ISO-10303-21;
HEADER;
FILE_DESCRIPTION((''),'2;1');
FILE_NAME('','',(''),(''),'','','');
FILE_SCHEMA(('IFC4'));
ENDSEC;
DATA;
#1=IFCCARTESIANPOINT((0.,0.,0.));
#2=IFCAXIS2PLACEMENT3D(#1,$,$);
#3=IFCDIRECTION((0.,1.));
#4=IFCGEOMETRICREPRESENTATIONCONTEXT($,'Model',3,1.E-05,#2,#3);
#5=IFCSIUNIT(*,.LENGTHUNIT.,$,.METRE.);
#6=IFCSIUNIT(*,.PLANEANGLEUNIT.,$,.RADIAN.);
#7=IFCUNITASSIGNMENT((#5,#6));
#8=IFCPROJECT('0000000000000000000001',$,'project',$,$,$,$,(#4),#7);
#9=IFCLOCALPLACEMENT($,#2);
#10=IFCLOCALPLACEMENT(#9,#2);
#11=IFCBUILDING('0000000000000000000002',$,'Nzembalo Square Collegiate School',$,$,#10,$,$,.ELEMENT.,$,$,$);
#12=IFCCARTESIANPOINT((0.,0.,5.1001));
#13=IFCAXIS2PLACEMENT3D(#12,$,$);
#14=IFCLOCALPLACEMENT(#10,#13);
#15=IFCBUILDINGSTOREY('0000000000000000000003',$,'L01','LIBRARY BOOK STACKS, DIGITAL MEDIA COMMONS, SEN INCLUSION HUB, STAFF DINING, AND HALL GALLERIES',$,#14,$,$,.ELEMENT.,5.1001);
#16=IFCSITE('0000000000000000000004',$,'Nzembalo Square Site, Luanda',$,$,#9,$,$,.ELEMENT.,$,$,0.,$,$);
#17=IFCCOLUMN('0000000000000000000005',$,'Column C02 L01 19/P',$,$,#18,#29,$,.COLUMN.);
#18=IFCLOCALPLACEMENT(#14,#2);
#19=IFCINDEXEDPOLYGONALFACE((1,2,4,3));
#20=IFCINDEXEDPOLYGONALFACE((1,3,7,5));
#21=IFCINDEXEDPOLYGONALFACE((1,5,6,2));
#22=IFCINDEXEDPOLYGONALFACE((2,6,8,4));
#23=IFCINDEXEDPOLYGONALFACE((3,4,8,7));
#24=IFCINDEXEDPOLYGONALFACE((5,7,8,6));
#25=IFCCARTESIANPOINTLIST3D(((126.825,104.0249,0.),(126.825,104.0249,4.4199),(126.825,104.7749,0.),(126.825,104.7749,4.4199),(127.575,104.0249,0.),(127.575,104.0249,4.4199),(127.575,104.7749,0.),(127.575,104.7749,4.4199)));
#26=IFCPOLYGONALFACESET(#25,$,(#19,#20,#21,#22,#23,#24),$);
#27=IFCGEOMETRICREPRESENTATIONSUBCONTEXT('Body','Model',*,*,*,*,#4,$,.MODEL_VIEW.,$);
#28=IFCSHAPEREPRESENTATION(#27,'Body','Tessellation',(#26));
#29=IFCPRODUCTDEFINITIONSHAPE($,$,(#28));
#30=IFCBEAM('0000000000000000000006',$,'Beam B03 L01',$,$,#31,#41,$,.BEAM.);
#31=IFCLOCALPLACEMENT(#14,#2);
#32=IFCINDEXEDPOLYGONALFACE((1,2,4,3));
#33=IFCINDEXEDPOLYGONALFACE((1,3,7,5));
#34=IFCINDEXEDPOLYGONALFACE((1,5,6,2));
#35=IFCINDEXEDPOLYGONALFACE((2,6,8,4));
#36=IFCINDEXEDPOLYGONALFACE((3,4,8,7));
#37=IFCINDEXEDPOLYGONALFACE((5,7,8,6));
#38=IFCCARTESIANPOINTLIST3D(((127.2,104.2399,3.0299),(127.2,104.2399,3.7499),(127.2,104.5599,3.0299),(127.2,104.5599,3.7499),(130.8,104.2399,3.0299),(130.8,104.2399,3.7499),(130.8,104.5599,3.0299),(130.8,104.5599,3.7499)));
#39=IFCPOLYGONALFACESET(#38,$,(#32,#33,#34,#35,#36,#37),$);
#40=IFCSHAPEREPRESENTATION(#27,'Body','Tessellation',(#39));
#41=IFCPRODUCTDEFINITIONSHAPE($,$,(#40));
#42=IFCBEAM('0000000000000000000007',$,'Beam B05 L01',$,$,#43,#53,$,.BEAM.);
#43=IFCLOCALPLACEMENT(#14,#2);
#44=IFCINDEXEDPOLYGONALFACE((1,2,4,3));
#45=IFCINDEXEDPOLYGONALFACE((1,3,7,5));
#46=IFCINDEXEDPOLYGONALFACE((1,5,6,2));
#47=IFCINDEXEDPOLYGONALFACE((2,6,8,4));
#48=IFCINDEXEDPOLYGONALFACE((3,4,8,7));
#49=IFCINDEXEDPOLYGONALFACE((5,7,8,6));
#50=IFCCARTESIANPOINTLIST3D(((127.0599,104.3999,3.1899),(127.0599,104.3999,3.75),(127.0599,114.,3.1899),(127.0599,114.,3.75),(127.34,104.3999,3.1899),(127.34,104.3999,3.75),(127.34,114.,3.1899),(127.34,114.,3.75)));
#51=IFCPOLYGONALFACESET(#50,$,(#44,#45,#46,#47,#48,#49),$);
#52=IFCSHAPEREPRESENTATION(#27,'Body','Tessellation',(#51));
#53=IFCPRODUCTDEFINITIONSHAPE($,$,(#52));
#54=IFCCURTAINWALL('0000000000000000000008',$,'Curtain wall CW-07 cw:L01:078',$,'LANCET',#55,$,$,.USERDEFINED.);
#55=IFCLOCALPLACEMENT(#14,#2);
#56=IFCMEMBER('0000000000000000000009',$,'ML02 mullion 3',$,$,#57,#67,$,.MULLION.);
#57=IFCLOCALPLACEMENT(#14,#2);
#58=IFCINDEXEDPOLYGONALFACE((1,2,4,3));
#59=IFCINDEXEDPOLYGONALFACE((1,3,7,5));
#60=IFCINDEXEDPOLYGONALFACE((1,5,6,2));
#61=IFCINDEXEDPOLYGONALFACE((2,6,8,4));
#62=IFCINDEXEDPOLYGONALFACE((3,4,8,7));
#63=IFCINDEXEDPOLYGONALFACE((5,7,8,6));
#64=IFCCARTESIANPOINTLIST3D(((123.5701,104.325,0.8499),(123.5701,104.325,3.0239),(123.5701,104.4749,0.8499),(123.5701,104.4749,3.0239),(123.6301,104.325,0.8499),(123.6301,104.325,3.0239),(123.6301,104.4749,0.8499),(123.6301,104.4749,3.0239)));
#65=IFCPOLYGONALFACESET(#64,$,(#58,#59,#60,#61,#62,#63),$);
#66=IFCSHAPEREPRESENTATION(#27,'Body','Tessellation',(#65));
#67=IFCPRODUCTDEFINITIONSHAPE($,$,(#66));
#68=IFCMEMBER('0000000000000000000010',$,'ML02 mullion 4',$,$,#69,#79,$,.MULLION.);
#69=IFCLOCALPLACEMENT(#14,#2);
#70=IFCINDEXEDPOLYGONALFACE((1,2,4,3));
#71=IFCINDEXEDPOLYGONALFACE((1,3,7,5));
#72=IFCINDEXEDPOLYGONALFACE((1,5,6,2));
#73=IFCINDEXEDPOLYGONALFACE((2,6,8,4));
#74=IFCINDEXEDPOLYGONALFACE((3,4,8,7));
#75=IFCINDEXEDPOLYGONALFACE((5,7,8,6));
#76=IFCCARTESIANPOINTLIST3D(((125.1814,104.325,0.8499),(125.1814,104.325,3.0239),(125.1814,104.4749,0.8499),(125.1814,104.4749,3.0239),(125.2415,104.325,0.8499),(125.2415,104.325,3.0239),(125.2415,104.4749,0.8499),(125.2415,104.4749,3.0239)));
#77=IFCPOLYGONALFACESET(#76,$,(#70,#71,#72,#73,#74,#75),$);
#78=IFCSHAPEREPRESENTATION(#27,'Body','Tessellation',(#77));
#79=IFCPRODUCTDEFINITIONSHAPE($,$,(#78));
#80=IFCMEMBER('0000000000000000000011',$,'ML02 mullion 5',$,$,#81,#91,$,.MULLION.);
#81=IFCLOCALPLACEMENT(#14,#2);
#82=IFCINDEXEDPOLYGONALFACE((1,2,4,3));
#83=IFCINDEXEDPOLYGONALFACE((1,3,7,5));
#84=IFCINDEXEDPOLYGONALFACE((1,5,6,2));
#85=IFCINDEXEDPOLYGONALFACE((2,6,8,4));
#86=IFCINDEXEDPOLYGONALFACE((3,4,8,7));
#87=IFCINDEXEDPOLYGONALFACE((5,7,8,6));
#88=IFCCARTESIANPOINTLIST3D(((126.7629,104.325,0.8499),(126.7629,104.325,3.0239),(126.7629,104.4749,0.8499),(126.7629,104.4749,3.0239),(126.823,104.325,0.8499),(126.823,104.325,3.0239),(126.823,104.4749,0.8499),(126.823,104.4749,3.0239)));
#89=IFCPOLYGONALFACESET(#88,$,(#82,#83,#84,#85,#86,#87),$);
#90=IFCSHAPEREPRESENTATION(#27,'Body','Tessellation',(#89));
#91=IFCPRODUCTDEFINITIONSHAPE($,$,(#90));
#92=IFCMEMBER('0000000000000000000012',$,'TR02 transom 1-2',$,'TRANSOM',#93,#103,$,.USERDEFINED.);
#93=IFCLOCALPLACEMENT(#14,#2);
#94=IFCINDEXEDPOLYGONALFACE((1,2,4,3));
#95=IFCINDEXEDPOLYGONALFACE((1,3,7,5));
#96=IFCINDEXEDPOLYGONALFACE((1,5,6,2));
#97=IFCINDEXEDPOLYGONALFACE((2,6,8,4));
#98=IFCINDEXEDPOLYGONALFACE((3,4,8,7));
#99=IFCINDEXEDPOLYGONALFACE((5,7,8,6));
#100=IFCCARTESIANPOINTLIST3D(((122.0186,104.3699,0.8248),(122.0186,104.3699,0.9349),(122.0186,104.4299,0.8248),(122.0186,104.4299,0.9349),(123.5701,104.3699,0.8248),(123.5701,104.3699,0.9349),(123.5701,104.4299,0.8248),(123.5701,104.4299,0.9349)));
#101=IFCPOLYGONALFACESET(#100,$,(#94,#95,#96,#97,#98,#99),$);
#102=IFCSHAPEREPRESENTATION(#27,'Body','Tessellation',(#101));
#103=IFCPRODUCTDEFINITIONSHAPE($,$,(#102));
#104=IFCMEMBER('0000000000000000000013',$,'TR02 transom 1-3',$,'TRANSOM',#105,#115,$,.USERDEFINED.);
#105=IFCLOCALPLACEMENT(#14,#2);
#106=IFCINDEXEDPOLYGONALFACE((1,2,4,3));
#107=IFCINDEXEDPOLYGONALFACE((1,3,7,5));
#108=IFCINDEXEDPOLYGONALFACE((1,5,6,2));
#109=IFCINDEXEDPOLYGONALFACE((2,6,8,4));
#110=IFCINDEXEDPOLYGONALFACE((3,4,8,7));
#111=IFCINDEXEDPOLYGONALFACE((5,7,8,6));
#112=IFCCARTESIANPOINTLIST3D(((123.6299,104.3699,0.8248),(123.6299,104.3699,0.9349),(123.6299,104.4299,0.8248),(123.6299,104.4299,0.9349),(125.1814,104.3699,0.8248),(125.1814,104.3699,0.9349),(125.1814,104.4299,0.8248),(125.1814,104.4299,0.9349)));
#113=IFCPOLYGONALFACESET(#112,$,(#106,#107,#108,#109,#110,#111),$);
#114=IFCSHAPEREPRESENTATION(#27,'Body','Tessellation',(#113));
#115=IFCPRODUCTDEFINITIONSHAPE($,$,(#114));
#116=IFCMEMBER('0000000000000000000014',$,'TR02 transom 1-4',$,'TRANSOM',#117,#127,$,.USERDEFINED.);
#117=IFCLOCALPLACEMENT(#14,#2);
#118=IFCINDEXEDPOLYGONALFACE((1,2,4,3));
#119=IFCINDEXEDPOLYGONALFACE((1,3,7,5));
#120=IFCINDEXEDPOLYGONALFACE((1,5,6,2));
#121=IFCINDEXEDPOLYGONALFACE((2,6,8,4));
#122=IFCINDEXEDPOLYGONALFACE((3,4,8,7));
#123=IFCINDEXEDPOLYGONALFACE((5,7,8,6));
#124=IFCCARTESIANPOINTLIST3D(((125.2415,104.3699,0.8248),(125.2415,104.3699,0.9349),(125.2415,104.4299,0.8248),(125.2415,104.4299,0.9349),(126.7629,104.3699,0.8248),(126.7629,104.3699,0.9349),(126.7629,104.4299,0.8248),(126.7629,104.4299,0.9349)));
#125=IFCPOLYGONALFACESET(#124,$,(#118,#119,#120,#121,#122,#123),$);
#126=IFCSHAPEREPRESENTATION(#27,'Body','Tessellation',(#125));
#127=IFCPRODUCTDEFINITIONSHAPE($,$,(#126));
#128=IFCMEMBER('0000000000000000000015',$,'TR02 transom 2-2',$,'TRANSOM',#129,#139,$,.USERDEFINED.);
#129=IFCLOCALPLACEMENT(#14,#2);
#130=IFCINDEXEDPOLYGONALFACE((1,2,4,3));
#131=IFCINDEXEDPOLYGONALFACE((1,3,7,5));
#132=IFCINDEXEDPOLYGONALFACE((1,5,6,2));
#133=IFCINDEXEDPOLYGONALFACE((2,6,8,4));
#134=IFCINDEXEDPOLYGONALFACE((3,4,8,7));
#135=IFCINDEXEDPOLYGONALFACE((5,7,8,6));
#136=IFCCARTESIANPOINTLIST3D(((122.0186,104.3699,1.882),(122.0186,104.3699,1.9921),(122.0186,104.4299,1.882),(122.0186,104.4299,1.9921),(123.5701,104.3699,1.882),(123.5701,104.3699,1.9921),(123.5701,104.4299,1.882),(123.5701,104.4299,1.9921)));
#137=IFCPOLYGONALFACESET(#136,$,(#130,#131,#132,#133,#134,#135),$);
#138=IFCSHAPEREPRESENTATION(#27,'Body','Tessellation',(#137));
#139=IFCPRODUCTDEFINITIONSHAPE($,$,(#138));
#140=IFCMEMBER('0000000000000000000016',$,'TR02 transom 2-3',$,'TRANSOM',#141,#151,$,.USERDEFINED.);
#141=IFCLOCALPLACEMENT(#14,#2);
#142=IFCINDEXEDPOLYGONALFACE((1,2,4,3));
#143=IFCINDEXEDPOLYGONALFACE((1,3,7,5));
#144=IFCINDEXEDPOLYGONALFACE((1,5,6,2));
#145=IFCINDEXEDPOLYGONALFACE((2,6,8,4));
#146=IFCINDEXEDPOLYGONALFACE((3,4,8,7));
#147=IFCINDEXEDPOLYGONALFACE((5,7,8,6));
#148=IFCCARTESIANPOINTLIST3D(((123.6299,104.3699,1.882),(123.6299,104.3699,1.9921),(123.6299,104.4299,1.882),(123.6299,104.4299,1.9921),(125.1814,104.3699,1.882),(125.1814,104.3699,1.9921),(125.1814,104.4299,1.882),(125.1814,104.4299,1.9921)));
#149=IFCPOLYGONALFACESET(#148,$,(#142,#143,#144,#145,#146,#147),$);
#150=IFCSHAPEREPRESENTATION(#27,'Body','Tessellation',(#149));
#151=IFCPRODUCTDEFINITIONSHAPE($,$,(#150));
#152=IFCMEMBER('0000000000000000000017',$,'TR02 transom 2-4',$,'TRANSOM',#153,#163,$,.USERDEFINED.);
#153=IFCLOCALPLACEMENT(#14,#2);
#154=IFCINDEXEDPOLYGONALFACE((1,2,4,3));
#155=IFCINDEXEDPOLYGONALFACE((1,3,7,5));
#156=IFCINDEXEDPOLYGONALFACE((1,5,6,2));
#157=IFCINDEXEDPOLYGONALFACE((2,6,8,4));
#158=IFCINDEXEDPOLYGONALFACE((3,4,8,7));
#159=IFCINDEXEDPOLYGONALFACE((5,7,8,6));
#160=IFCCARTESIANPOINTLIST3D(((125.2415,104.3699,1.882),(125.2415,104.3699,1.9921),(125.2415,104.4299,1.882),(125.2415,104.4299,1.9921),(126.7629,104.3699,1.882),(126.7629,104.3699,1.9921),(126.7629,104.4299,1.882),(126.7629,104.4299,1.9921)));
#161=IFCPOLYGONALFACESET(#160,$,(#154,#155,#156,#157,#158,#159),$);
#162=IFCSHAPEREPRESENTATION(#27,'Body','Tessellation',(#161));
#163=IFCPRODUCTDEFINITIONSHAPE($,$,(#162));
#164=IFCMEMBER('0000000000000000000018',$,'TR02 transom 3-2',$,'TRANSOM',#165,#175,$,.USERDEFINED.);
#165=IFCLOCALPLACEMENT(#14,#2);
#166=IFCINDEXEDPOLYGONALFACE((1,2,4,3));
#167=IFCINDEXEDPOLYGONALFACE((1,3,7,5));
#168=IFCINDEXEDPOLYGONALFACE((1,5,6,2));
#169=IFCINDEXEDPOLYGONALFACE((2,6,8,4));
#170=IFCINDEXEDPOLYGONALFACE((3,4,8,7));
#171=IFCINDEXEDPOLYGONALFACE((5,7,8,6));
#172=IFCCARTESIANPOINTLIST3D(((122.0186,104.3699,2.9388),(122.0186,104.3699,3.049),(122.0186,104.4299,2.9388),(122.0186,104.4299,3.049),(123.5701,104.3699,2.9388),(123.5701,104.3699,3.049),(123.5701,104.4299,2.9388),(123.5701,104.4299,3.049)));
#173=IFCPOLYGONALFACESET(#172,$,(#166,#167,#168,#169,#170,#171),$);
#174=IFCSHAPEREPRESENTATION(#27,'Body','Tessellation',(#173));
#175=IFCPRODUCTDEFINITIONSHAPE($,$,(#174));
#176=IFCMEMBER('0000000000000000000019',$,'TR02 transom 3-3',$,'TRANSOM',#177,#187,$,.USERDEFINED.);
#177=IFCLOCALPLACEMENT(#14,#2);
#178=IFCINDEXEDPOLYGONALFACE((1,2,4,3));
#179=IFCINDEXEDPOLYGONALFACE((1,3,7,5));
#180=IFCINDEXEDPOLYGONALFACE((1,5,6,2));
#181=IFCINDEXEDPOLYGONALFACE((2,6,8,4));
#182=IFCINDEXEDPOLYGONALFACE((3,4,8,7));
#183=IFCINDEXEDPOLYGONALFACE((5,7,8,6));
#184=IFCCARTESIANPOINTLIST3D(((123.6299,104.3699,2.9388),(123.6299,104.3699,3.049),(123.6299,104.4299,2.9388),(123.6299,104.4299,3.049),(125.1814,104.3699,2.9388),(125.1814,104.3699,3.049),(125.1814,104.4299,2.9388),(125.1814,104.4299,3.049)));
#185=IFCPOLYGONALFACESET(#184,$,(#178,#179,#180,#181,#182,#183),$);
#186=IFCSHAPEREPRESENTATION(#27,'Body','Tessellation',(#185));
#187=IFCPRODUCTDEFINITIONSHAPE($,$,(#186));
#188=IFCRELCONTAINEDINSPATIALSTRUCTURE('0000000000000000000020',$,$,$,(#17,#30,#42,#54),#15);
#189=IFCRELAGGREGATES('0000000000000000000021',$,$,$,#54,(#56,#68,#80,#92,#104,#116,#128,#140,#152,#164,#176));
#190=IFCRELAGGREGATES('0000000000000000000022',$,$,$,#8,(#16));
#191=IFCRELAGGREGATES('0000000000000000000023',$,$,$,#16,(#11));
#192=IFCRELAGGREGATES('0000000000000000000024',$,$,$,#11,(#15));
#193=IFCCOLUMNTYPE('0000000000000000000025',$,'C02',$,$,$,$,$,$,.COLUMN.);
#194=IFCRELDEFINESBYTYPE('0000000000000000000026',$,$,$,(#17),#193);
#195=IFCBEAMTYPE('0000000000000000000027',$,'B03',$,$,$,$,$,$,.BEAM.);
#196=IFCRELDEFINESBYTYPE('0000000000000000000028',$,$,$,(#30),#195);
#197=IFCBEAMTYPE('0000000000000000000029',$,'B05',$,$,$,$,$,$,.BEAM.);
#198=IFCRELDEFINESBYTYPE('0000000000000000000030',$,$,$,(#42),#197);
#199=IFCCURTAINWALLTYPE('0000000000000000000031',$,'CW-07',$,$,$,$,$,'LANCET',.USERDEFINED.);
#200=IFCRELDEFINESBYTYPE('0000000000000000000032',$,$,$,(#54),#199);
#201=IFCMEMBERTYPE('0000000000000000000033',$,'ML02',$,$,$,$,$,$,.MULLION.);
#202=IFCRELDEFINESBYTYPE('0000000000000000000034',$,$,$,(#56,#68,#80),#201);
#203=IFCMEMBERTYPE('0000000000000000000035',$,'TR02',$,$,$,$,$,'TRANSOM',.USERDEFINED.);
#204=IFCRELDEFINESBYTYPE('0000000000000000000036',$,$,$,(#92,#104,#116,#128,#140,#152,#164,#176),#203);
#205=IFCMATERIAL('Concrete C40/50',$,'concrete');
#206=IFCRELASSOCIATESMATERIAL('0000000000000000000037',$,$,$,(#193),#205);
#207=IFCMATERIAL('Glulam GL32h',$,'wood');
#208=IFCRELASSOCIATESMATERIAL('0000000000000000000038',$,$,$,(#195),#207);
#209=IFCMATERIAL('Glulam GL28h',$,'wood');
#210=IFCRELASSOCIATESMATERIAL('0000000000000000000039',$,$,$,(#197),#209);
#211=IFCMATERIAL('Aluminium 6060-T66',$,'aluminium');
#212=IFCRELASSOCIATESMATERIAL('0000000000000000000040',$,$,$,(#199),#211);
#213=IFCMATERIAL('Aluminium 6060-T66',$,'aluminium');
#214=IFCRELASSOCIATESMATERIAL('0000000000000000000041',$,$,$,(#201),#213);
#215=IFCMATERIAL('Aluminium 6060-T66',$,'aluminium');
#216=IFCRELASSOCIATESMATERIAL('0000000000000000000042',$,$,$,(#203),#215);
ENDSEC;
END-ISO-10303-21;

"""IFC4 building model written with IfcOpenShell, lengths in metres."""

from ifc_helpers import new_model, si_unit, direction, frame, origin, origin_2d, place, context, subcontext, project, spatial, rectangle, extrude, material, material_profile, profile_set, type_object, element, aggregate, save


model = new_model("IFC4")

# Units and contexts
model_context = context("Model", 3, precision=1e-05, world=origin(), true_north=direction((0.0, 1.0)))
body_context = subcontext(model_context, "Body", "Model", "MODEL_VIEW")
ifc_project = project(units=[si_unit("LENGTHUNIT", "METRE"), si_unit("PLANEANGLEUNIT", "RADIAN")], contexts=[model_context])

# Site, building, storey
site_placement = place(None, origin())
site = spatial("IfcSite", under=ifc_project, at=site_placement, Name="Nzembalo Square Site, Luanda", CompositionType="ELEMENT", RefElevation=0.0)
building_placement = place(site_placement, origin())
building = spatial("IfcBuilding", under=site, at=building_placement, Name="Nzembalo Square Collegiate School", CompositionType="ELEMENT")
storey_placement = place(building_placement, frame((0.0, 0.0, 5.1001)))
storey = spatial("IfcBuildingStorey", under=building, at=storey_placement, Name="L01", Description="LIBRARY BOOK STACKS, DIGITAL MEDIA COMMONS, SEN INCLUSION HUB, STAFF DINING, AND HALL GALLERIES", CompositionType="ELEMENT", Elevation=5.1001)

# Column
ifc_material_1 = material(Name="Concrete C40/50", Category="concrete")
ifc_material_profile_1 = material_profile(ifc_material_1, rectangle(XDim=0.75, YDim=0.75, at=origin_2d()), Name="RC 750x750")
ifc_profile_set_1 = profile_set([ifc_material_profile_1], Name="Concrete C40/50")
column_type = type_object("IfcColumnType", Name="C02", PredefinedType="COLUMN", material=ifc_profile_set_1)
column_placement = place(storey_placement, frame((127.2, 104.3999, 0.0), z_axis=(0.0, 0.0, 1.0), x_axis=(1.0, 0.0, 0.0)))
element("IfcColumn", 1, at=column_placement, inside=storey, type_object=column_type, Name="Column C02 L01 19/P", PredefinedType="COLUMN", context=body_context, shape_type="SweptSolid", body=[
    extrude(rectangle(XDim=0.75, YDim=0.75, at=origin_2d()), origin(), (0.0, 0.0, 1.0), 4.4199),
])

# Beams
ifc_material_2 = material(Name="Glulam GL32h", Category="wood")
ifc_material_profile_2 = material_profile(ifc_material_2, rectangle(XDim=0.3201, YDim=0.72, at=origin_2d()), Name="GL32h 320x720")
ifc_profile_set_2 = profile_set([ifc_material_profile_2], Name="Glulam GL32h")
beam_type_1 = type_object("IfcBeamType", Name="B03", PredefinedType="BEAM", material=ifc_profile_set_2)
beam_1_placement = place(storey_placement, frame((127.2, 104.3999, 3.3899), z_axis=(1.0, 0.0, 0.0), x_axis=(0.0, 1.0, 0.0)))
element("IfcBeam", 2, at=beam_1_placement, inside=storey, type_object=beam_type_1, Name="Beam B03 L01", PredefinedType="BEAM", context=body_context, shape_type="SweptSolid", body=[
    extrude(rectangle(XDim=0.3201, YDim=0.72, at=origin_2d()), origin(), (0.0, 0.0, 1.0), 3.6001),
])
ifc_material_3 = material(Name="Glulam GL28h", Category="wood")
ifc_material_profile_3 = material_profile(ifc_material_3, rectangle(XDim=0.28, YDim=0.5601, at=origin_2d()), Name="GL28h 280x560")
ifc_profile_set_3 = profile_set([ifc_material_profile_3], Name="Glulam GL28h")
beam_type_2 = type_object("IfcBeamType", Name="B05", PredefinedType="BEAM", material=ifc_profile_set_3)
beam_2_placement = place(storey_placement, frame((127.2, 104.3999, 3.47), z_axis=(0.0, 1.0, 0.0), x_axis=(-1.0, 0.0, 0.0)))
element("IfcBeam", 3, at=beam_2_placement, inside=storey, type_object=beam_type_2, Name="Beam B05 L01", PredefinedType="BEAM", context=body_context, shape_type="SweptSolid", body=[
    extrude(rectangle(XDim=0.28, YDim=0.5601, at=origin_2d()), origin(), (0.0, 0.0, 1.0), 9.6001),
])

# Curtain wall, members
ifc_material_4 = material(Name="Aluminium 6060-T66", Category="aluminium")
curtain_wall_type = type_object("IfcCurtainWallType", Name="CW-07", ElementType="LANCET", PredefinedType="USERDEFINED", material=ifc_material_4)
curtain_wall_placement = place(storey_placement, origin())
curtain_wall = element("IfcCurtainWall", 4, at=curtain_wall_placement, inside=storey, type_object=curtain_wall_type, Name="Curtain wall CW-07 cw:L01:078", ObjectType="LANCET", PredefinedType="USERDEFINED")
ifc_material_5 = material(Name="Aluminium 6060-T66", Category="aluminium")
ifc_material_profile_4 = material_profile(ifc_material_5, rectangle(XDim=0.0601, YDim=0.1499, at=origin_2d()), Name="ALU M60x150")
ifc_profile_set_4 = profile_set([ifc_material_profile_4], Name="Aluminium 6060-T66")
member_type_1 = type_object("IfcMemberType", Name="ML02", PredefinedType="MULLION", material=ifc_profile_set_4)
member_1_placement = place(storey_placement, frame((123.6001, 104.3999, 0.8499), z_axis=(0.0, 0.0, 1.0), x_axis=(1.0, 0.0, 0.0)))
member_1 = element("IfcMember", 5, at=member_1_placement, type_object=member_type_1, Name="ML02 mullion 3", PredefinedType="MULLION", context=body_context, shape_type="SweptSolid", body=[
    extrude(rectangle(XDim=0.0601, YDim=0.1499, at=origin_2d()), origin(), (0.0, 0.0, 1.0), 2.1741),
])
member_2_placement = place(storey_placement, frame((125.2114, 104.3999, 0.8499), z_axis=(0.0, 0.0, 1.0), x_axis=(1.0, 0.0, 0.0)))
member_2 = element("IfcMember", 6, at=member_2_placement, type_object=member_type_1, Name="ML02 mullion 4", PredefinedType="MULLION", context=body_context, shape_type="SweptSolid", body=[
    extrude(rectangle(XDim=0.0601, YDim=0.1499, at=origin_2d()), origin(), (0.0, 0.0, 1.0), 2.1741),
])
member_3_placement = place(storey_placement, frame((126.793, 104.3999, 0.8499), z_axis=(0.0, 0.0, 1.0), x_axis=(1.0, 0.0, 0.0)))
member_3 = element("IfcMember", 7, at=member_3_placement, type_object=member_type_1, Name="ML02 mullion 5", PredefinedType="MULLION", context=body_context, shape_type="SweptSolid", body=[
    extrude(rectangle(XDim=0.0601, YDim=0.1499, at=origin_2d()), origin(), (0.0, 0.0, 1.0), 2.1741),
])
ifc_material_6 = material(Name="Aluminium 6060-T66", Category="aluminium")
ifc_material_profile_5 = material_profile(ifc_material_6, rectangle(XDim=0.0601, YDim=0.1101, at=origin_2d()), Name="ALU T60x110")
ifc_profile_set_5 = profile_set([ifc_material_profile_5], Name="Aluminium 6060-T66")
member_type_2 = type_object("IfcMemberType", Name="TR02", ElementType="TRANSOM", PredefinedType="USERDEFINED", material=ifc_profile_set_5)
member_4_placement = place(storey_placement, frame((122.0186, 104.3999, 0.8799), z_axis=(1.0, 0.0, 0.0), x_axis=(0.0, 1.0, 0.0)))
member_4 = element("IfcMember", 8, at=member_4_placement, type_object=member_type_2, Name="TR02 transom 1-2", ObjectType="TRANSOM", PredefinedType="USERDEFINED", context=body_context, shape_type="SweptSolid", body=[
    extrude(rectangle(XDim=0.0601, YDim=0.1101, at=origin_2d()), origin(), (0.0, 0.0, 1.0), 1.5515),
])
member_5_placement = place(storey_placement, frame((123.6299, 104.3999, 0.8799), z_axis=(1.0, 0.0, 0.0), x_axis=(0.0, 1.0, 0.0)))
member_5 = element("IfcMember", 9, at=member_5_placement, type_object=member_type_2, Name="TR02 transom 1-3", ObjectType="TRANSOM", PredefinedType="USERDEFINED", context=body_context, shape_type="SweptSolid", body=[
    extrude(rectangle(XDim=0.0601, YDim=0.1101, at=origin_2d()), origin(), (0.0, 0.0, 1.0), 1.5515),
])
member_6_placement = place(storey_placement, frame((125.2415, 104.3999, 0.8799), z_axis=(1.0, 0.0, 0.0), x_axis=(0.0, 1.0, 0.0)))
member_6 = element("IfcMember", 10, at=member_6_placement, type_object=member_type_2, Name="TR02 transom 1-4", ObjectType="TRANSOM", PredefinedType="USERDEFINED", context=body_context, shape_type="SweptSolid", body=[
    extrude(rectangle(XDim=0.0601, YDim=0.1101, at=origin_2d()), origin(), (0.0, 0.0, 1.0), 1.5215),
])
member_7_placement = place(storey_placement, frame((122.0186, 104.3999, 1.937), z_axis=(1.0, 0.0, 0.0), x_axis=(0.0, 1.0, 0.0)))
member_7 = element("IfcMember", 11, at=member_7_placement, type_object=member_type_2, Name="TR02 transom 2-2", ObjectType="TRANSOM", PredefinedType="USERDEFINED", context=body_context, shape_type="SweptSolid", body=[
    extrude(rectangle(XDim=0.0601, YDim=0.1101, at=origin_2d()), origin(), (0.0, 0.0, 1.0), 1.5515),
])
member_8_placement = place(storey_placement, frame((123.6299, 104.3999, 1.937), z_axis=(1.0, 0.0, 0.0), x_axis=(0.0, 1.0, 0.0)))
member_8 = element("IfcMember", 12, at=member_8_placement, type_object=member_type_2, Name="TR02 transom 2-3", ObjectType="TRANSOM", PredefinedType="USERDEFINED", context=body_context, shape_type="SweptSolid", body=[
    extrude(rectangle(XDim=0.0601, YDim=0.1101, at=origin_2d()), origin(), (0.0, 0.0, 1.0), 1.5515),
])
member_9_placement = place(storey_placement, frame((125.2415, 104.3999, 1.937), z_axis=(1.0, 0.0, 0.0), x_axis=(0.0, 1.0, 0.0)))
member_9 = element("IfcMember", 13, at=member_9_placement, type_object=member_type_2, Name="TR02 transom 2-4", ObjectType="TRANSOM", PredefinedType="USERDEFINED", context=body_context, shape_type="SweptSolid", body=[
    extrude(rectangle(XDim=0.0601, YDim=0.1101, at=origin_2d()), origin(), (0.0, 0.0, 1.0), 1.5215),
])
member_10_placement = place(storey_placement, frame((122.0186, 104.3999, 2.9939), z_axis=(1.0, 0.0, 0.0), x_axis=(0.0, 1.0, 0.0)))
member_10 = element("IfcMember", 14, at=member_10_placement, type_object=member_type_2, Name="TR02 transom 3-2", ObjectType="TRANSOM", PredefinedType="USERDEFINED", context=body_context, shape_type="SweptSolid", body=[
    extrude(rectangle(XDim=0.0601, YDim=0.1101, at=origin_2d()), origin(), (0.0, 0.0, 1.0), 1.5515),
])
member_11_placement = place(storey_placement, frame((123.6299, 104.3999, 2.9939), z_axis=(1.0, 0.0, 0.0), x_axis=(0.0, 1.0, 0.0)))
member_11 = element("IfcMember", 15, at=member_11_placement, type_object=member_type_2, Name="TR02 transom 3-3", ObjectType="TRANSOM", PredefinedType="USERDEFINED", context=body_context, shape_type="SweptSolid", body=[
    extrude(rectangle(XDim=0.0601, YDim=0.1101, at=origin_2d()), origin(), (0.0, 0.0, 1.0), 1.5515),
])
aggregate(curtain_wall, [member_1, member_2, member_3, member_4, member_5, member_6, member_7, member_8, member_9, member_10, member_11])

save(model, "model.ifc")
